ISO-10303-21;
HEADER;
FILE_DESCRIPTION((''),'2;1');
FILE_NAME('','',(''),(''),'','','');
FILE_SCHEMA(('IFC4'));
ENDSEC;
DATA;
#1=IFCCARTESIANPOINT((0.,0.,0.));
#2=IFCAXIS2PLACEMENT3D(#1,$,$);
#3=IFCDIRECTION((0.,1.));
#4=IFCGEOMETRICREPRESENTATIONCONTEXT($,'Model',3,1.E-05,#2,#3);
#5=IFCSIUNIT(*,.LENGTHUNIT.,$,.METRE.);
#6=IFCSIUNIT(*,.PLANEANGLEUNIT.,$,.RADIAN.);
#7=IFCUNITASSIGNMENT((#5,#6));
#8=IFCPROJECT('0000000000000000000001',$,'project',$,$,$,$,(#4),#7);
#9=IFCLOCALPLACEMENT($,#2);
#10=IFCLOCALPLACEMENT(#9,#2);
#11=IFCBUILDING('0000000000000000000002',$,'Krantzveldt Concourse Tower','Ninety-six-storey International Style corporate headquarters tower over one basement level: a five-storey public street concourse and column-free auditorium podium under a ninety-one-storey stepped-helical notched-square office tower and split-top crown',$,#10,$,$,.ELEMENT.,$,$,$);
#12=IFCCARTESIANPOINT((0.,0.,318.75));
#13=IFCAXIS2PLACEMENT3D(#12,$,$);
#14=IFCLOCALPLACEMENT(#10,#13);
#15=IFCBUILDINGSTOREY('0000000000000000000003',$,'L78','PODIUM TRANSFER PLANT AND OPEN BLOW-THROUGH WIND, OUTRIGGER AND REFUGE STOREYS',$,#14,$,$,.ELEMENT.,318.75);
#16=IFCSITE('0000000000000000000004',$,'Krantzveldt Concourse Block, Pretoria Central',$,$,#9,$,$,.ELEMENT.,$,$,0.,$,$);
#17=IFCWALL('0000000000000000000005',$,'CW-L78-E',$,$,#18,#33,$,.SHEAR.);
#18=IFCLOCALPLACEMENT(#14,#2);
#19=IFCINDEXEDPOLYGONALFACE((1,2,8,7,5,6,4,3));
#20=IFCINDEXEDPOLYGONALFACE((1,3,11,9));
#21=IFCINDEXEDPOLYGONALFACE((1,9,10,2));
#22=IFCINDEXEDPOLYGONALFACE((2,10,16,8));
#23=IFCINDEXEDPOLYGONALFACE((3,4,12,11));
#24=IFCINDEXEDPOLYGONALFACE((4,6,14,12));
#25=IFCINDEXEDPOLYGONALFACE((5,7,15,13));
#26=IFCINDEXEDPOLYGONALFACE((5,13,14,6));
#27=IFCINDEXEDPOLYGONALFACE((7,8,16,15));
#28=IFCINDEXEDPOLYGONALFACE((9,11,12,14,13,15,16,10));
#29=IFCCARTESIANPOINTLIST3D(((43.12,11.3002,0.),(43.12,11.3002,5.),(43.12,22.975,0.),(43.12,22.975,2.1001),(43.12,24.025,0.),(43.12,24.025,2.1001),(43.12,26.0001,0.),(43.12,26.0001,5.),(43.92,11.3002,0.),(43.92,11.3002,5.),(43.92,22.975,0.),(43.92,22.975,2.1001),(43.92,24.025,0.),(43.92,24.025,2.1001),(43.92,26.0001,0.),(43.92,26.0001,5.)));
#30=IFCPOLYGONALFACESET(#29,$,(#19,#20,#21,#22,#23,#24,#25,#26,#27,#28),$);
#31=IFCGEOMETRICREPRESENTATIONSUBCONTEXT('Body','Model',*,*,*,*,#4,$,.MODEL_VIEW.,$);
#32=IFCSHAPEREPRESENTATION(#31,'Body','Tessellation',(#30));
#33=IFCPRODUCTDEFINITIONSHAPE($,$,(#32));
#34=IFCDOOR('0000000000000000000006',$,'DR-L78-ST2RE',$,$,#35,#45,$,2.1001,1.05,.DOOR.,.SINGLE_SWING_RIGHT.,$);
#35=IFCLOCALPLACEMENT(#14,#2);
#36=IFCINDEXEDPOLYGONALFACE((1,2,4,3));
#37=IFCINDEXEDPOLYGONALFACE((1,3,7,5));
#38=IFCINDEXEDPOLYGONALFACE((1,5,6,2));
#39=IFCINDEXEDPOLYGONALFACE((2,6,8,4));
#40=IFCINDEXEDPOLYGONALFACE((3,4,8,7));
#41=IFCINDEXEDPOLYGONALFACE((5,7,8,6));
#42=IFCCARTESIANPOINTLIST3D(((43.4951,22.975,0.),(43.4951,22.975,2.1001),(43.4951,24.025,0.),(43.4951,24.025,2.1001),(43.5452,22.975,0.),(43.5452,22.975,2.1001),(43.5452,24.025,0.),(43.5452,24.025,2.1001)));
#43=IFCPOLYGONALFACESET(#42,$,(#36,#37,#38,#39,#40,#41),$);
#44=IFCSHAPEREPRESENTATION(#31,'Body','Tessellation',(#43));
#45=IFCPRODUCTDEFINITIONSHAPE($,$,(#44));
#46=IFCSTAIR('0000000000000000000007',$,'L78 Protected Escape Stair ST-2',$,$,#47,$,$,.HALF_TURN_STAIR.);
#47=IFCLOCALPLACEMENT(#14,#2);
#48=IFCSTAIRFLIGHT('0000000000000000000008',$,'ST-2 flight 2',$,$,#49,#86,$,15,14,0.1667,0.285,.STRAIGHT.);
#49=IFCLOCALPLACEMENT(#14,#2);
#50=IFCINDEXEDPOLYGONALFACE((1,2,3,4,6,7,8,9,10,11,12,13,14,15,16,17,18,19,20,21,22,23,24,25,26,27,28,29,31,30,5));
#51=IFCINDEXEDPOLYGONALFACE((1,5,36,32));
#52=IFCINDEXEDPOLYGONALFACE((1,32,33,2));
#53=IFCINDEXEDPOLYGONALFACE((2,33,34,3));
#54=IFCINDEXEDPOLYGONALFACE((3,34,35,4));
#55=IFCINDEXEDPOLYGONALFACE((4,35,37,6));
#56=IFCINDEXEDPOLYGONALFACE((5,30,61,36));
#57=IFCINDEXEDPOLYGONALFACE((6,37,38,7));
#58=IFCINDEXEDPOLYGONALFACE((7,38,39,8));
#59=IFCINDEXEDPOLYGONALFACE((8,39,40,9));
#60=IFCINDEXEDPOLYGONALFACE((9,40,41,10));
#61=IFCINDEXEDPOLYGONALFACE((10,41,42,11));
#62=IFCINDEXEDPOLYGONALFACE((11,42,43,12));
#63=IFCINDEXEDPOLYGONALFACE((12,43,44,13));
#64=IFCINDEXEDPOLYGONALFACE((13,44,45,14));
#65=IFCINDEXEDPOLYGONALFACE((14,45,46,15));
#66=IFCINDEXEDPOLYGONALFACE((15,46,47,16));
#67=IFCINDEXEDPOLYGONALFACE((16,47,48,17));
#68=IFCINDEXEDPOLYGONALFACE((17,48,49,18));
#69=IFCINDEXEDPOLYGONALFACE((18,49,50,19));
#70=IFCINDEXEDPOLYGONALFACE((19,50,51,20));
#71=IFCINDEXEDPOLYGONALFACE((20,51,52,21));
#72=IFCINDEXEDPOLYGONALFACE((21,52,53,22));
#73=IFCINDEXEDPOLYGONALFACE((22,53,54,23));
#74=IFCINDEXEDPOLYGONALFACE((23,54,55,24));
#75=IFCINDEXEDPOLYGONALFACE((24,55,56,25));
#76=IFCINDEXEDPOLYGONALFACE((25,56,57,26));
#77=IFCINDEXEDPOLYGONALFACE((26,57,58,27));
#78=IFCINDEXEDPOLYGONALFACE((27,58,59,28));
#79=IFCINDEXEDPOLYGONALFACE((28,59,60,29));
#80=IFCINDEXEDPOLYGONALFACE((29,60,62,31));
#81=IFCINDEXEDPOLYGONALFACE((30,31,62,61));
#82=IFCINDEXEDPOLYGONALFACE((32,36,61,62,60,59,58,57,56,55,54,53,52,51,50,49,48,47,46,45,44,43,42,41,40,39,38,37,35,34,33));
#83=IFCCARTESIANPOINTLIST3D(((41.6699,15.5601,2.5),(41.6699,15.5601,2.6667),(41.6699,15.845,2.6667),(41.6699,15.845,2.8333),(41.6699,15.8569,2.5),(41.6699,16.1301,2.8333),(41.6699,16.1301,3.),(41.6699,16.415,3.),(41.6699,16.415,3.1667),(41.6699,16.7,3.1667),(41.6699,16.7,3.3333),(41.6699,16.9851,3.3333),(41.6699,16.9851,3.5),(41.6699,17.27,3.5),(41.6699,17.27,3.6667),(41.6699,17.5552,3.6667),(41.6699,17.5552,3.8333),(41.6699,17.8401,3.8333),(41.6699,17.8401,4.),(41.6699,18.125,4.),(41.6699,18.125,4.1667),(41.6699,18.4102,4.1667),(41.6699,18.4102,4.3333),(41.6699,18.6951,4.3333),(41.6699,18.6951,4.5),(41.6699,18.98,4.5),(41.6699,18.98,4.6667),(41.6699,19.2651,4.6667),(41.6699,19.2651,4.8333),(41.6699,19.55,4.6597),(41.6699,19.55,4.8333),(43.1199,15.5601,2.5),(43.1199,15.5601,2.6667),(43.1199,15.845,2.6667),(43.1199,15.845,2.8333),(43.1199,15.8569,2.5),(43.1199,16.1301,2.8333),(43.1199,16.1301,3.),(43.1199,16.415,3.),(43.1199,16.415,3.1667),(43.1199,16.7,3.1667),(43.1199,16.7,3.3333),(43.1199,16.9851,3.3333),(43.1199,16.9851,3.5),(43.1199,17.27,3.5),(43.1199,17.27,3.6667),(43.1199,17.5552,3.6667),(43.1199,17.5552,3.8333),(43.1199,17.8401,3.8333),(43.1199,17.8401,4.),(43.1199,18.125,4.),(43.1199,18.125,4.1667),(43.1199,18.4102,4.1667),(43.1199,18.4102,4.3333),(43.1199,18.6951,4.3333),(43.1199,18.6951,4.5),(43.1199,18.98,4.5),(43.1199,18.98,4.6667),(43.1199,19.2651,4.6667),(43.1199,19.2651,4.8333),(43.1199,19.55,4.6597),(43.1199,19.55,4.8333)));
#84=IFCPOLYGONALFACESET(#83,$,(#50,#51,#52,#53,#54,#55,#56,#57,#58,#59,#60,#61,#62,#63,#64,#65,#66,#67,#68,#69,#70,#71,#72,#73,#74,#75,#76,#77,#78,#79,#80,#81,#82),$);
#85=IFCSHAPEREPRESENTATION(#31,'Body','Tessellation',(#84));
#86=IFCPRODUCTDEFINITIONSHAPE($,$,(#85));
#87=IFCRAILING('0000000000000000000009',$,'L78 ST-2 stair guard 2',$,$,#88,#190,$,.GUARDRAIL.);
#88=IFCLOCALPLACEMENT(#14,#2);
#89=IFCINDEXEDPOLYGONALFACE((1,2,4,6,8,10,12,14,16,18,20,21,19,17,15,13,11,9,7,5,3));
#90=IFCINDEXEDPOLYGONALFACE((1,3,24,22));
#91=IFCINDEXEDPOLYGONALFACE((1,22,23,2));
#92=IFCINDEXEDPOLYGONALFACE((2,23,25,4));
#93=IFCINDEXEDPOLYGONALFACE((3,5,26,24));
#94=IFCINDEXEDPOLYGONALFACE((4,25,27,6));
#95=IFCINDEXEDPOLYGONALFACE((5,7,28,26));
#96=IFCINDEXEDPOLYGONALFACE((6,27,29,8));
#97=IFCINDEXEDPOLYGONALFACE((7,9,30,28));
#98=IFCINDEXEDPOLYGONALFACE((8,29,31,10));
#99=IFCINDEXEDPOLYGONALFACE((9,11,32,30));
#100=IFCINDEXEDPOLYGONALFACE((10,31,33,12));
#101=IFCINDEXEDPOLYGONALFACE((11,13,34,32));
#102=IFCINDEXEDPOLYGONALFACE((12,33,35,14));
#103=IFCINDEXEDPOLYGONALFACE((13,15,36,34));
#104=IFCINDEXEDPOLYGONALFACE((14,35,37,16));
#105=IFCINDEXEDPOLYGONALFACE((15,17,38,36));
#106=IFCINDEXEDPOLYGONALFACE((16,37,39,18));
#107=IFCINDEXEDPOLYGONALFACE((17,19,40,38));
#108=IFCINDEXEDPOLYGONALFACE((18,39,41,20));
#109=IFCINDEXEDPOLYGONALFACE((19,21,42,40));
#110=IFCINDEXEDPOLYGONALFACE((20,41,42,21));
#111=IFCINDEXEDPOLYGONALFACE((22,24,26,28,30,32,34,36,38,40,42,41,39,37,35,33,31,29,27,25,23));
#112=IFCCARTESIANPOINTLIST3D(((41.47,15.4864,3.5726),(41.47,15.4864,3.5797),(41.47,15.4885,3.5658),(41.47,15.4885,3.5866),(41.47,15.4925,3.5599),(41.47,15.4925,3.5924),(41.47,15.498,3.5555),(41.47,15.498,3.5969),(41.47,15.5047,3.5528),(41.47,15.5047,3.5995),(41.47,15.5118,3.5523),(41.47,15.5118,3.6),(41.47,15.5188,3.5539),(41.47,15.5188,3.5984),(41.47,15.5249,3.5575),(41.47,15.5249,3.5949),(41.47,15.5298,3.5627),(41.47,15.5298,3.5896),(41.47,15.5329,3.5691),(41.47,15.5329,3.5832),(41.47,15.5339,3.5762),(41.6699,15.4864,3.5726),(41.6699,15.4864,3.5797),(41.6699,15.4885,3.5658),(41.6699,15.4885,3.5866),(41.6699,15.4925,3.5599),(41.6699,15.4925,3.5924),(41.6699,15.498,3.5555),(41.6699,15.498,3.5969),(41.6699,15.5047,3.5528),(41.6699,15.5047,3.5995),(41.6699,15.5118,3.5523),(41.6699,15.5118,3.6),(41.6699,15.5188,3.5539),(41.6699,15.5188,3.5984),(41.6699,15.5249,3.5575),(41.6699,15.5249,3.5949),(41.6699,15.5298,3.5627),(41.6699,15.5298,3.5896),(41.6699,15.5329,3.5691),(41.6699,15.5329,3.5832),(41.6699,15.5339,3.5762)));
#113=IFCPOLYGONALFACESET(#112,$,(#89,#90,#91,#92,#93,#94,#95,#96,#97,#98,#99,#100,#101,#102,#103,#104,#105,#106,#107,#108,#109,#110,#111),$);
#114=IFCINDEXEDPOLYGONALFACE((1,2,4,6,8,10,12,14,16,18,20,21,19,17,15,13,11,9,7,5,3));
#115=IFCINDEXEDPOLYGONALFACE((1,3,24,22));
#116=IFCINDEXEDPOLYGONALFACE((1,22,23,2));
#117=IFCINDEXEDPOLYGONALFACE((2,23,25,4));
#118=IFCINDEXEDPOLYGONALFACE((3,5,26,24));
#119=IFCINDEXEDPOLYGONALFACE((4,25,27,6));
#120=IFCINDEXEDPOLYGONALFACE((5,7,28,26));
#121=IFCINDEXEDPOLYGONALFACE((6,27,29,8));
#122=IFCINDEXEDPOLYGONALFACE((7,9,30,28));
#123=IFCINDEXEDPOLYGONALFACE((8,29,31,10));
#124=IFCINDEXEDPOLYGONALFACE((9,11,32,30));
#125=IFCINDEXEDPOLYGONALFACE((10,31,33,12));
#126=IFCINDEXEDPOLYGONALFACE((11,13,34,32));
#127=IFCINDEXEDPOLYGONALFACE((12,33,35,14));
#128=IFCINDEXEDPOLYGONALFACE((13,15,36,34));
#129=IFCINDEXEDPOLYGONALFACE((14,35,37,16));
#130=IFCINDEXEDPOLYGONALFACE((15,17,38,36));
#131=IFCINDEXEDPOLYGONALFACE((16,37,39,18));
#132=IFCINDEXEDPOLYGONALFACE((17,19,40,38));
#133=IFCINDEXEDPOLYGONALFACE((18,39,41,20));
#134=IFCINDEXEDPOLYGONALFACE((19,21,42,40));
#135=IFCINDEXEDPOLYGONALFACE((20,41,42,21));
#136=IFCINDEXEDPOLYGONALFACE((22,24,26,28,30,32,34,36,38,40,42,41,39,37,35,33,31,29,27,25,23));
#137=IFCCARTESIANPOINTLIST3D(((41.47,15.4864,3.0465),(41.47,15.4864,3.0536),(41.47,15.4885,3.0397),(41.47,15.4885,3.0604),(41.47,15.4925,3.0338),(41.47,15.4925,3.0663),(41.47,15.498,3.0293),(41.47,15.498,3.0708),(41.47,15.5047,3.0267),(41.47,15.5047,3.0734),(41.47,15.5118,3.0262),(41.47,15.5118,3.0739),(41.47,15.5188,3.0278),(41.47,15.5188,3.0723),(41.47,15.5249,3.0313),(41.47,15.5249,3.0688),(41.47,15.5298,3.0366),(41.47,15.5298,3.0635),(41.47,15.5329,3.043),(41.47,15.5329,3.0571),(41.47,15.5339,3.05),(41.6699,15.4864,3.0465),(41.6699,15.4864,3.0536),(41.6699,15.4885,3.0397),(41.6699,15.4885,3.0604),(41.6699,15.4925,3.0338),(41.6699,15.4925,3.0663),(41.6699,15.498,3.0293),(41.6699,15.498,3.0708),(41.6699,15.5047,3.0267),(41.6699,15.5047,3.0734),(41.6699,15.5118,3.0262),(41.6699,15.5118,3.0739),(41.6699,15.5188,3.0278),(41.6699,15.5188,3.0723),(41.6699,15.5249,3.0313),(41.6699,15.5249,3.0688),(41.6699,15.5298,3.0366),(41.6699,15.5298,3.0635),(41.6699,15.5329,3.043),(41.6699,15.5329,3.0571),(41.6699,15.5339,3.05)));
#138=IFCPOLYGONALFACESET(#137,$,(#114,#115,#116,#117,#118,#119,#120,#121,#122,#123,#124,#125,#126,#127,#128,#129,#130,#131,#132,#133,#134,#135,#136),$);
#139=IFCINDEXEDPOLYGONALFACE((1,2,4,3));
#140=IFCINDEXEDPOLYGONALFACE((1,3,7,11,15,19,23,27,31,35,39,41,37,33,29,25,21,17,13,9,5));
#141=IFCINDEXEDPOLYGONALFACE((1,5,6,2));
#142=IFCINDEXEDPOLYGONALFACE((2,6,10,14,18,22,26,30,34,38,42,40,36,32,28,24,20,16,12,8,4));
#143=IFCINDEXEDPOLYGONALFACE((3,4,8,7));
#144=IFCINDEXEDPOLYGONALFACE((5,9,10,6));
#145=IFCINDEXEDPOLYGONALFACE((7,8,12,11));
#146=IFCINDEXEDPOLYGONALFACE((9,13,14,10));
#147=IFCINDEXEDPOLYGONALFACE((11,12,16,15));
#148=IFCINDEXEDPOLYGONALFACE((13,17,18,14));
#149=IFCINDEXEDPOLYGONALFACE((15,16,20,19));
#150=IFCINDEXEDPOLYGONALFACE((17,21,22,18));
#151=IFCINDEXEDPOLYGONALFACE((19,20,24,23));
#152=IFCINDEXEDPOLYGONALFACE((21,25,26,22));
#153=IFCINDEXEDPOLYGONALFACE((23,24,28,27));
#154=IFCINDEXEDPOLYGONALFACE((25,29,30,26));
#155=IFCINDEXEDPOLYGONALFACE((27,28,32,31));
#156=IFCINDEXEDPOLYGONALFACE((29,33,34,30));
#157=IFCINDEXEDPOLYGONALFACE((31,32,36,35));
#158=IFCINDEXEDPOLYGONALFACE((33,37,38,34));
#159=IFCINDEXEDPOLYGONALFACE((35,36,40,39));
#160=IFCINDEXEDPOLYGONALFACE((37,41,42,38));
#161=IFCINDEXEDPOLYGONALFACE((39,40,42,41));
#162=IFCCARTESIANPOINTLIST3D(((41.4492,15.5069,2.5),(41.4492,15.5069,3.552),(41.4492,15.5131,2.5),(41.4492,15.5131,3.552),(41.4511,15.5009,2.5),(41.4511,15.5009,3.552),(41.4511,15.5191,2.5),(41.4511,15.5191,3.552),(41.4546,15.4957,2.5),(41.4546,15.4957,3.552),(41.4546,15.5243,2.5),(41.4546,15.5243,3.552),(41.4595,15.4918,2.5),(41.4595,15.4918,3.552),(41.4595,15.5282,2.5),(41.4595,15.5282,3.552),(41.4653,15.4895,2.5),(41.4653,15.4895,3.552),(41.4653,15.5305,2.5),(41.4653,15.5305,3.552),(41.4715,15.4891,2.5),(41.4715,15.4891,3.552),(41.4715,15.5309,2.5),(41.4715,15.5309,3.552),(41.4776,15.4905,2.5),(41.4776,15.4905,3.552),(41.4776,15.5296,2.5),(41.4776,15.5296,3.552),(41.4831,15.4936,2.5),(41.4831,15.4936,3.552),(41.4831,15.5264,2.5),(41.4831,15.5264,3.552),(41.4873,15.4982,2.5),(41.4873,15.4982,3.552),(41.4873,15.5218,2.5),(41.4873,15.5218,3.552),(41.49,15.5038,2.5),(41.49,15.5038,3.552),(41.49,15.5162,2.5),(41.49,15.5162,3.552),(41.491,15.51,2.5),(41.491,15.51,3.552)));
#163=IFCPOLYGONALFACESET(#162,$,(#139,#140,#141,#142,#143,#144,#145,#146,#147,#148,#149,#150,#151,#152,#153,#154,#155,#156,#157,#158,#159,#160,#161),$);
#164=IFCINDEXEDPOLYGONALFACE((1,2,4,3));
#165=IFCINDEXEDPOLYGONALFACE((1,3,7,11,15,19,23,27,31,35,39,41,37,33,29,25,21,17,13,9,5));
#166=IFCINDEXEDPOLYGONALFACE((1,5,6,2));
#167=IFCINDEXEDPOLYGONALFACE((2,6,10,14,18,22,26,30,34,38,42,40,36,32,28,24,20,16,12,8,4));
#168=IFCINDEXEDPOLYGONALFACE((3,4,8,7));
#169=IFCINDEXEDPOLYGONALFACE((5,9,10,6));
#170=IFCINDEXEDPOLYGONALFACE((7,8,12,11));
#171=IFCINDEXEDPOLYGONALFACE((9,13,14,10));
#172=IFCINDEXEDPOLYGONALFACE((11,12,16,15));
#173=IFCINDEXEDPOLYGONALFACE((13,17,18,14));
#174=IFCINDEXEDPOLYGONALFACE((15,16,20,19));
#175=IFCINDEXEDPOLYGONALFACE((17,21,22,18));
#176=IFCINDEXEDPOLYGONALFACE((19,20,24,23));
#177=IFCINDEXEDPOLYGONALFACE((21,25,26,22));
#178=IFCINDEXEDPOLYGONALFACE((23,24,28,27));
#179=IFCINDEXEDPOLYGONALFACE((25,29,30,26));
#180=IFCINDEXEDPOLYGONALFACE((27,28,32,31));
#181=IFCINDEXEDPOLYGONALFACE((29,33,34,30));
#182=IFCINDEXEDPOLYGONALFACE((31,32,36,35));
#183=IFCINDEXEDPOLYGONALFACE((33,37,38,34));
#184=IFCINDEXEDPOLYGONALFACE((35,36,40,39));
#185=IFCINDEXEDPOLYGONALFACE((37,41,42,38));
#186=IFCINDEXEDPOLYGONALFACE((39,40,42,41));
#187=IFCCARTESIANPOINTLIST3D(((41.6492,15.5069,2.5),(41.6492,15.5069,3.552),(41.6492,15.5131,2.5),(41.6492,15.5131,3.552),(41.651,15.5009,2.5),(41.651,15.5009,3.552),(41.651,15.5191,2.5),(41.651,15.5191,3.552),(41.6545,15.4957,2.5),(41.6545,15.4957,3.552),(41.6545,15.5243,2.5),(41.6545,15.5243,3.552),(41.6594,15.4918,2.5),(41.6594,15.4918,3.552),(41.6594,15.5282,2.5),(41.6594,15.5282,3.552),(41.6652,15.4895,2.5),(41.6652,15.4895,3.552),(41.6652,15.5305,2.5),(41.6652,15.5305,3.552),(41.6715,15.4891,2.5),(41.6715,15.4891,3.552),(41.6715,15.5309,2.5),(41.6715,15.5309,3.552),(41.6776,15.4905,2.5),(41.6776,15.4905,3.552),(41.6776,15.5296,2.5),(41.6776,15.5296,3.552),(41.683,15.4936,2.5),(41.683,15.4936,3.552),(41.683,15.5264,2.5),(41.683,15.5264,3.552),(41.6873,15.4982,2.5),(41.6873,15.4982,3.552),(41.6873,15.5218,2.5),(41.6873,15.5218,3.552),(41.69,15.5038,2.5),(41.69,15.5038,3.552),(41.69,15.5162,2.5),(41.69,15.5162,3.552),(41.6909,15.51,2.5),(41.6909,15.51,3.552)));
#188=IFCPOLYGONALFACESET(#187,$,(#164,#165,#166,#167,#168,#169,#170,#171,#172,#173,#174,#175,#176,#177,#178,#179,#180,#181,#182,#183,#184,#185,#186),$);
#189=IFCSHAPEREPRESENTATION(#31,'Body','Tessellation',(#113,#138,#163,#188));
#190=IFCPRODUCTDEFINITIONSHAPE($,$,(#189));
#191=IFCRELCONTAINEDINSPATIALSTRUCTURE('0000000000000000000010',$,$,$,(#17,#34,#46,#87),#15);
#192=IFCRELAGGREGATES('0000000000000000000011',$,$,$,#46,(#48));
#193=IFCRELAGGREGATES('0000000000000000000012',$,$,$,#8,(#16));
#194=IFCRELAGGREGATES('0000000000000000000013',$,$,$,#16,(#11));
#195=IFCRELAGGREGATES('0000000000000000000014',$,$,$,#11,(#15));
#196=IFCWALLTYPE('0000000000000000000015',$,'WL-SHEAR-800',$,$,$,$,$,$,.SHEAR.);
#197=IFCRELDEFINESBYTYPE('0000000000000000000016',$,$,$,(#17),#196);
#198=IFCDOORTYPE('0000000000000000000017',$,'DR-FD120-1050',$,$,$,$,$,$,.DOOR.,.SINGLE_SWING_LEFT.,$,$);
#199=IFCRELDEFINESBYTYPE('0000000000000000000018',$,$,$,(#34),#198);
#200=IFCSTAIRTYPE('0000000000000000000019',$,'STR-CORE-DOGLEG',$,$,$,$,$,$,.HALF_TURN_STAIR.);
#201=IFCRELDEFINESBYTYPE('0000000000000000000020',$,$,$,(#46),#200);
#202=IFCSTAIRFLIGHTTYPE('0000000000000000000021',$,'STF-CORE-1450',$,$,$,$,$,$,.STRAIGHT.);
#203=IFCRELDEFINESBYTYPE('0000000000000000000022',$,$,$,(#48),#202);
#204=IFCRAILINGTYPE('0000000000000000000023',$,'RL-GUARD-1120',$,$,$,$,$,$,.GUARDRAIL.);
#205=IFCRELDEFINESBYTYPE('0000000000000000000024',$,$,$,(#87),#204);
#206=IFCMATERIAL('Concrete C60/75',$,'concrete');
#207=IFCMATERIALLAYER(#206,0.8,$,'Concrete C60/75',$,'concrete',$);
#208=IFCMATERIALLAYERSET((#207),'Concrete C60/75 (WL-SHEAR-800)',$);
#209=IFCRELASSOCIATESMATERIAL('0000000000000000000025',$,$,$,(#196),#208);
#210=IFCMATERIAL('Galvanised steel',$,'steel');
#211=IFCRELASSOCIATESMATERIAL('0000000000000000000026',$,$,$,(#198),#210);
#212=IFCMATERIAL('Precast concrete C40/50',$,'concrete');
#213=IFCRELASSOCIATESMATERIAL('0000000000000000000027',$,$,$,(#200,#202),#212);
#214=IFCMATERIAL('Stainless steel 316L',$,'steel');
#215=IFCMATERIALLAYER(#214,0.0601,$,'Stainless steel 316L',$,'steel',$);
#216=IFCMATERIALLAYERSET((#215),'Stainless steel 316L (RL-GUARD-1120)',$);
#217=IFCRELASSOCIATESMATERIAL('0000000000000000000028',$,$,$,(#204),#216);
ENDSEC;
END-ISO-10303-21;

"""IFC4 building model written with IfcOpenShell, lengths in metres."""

from ifc_helpers import new_model, si_unit, direction, frame, frame_2d, origin, origin_2d, place, context, subcontext, project, spatial, polyline, rectangle, circle, outline, extrude, material, layer, layer_set, type_object, element, fill, aggregate, save


model = new_model("IFC4")

# Units and contexts
model_context = context("Model", 3, precision=1e-05, world=origin(), true_north=direction((0.0, 1.0)))
body_context = subcontext(model_context, "Body", "Model", "MODEL_VIEW")
ifc_project = project(units=[si_unit("LENGTHUNIT", "METRE"), si_unit("PLANEANGLEUNIT", "RADIAN")], contexts=[model_context])

# Site, building, storey
site_placement = place(None, origin())
site = spatial("IfcSite", under=ifc_project, at=site_placement, Name="Krantzveldt Concourse Block, Pretoria Central", CompositionType="ELEMENT", RefElevation=0.0)
building_placement = place(site_placement, origin())
building = spatial("IfcBuilding", under=site, at=building_placement, Name="Krantzveldt Concourse Tower", Description="Ninety-six-storey International Style corporate headquarters tower over one basement level: a five-storey public street concourse and column-free auditorium podium under a ninety-one-storey stepped-helical notched-square office tower and split-top crown", CompositionType="ELEMENT")
storey_placement = place(building_placement, frame((0.0, 0.0, 318.75)))
storey = spatial("IfcBuildingStorey", under=building, at=storey_placement, Name="L78", Description="PODIUM TRANSFER PLANT AND OPEN BLOW-THROUGH WIND, OUTRIGGER AND REFUGE STOREYS", CompositionType="ELEMENT", Elevation=318.75)

# Wall, opening, door
ifc_material_1 = material(Name="Stainless steel 316L", Category="steel")
ifc_material_2 = material(Name="Concrete C60/75", Category="concrete")
ifc_layer_1 = layer(ifc_material_2, 0.8, Name="Concrete C60/75", Category="concrete")
ifc_layer_set_1 = layer_set([ifc_layer_1], Name="Concrete C60/75 (WL-SHEAR-800)")
wall_type_1 = type_object("IfcWallType", Name="WL-SHEAR-800", PredefinedType="SHEAR", material=ifc_layer_set_1)
wall_1_placement = place(storey_placement, frame((43.52, 11.3, 0.0), z_axis=(0.0, 0.0, 1.0), x_axis=(0.0, 1.0, 0.0)))
wall_1 = element("IfcWall", 1, at=wall_1_placement, inside=storey, type_object=wall_type_1, Name="CW-L78-E", PredefinedType="SHEAR", context=body_context, shape_type="SweptSolid", body=[
    extrude(rectangle(XDim=14.7, YDim=0.8, at=frame_2d((7.3501, 0.0))), origin(), (0.0, 0.0, 1.0), 5.0),
])
opening_1_placement = place(wall_1_placement, frame((11.675, 0.0, 0.0)))
opening_1 = element("IfcOpeningElement", 2, at=opening_1_placement, cuts=wall_1, PredefinedType="OPENING", context=body_context, shape_type="SweptSolid", body=[
    extrude(rectangle(XDim=1.05, YDim=2.1001, at=frame_2d((0.5249, 1.05))), frame((0.0, 0.4102, 0.0), z_axis=(0.0, -1.0, 0.0), x_axis=(1.0, 0.0, 0.0)), (0.0, 0.0, 1.0), 0.8201),
])
ifc_material_3 = material(Name="Galvanised steel", Category="steel")
door_type_1 = type_object("IfcDoorType", Name="DR-FD120-1050", OperationType="SINGLE_SWING_LEFT", PredefinedType="DOOR", material=ifc_material_3)
door_1_placement = place(opening_1_placement, origin())
door_1 = element("IfcDoor", 3, at=door_1_placement, inside=storey, type_object=door_type_1, Name="DR-L78-ST2RE", OperationType="SINGLE_SWING_RIGHT", OverallHeight=2.1001, OverallWidth=1.05, PredefinedType="DOOR", context=body_context, shape_type="SweptSolid", body=[
    extrude(rectangle(XDim=1.05, YDim=2.1001, at=frame_2d((0.5249, 1.05))), frame((0.0, 0.0249, 0.0), z_axis=(0.0, -1.0, 0.0), x_axis=(1.0, 0.0, 0.0)), (0.0, 0.0, 1.0), 0.05),
])
fill(opening_1, door_1)

# Stair, stair flight
ifc_material_4 = material(Name="Precast concrete C40/50", Category="concrete")
stair_type = type_object("IfcStairType", Name="STR-CORE-DOGLEG", PredefinedType="HALF_TURN_STAIR", material=ifc_material_4)
stair_placement = place(storey_placement, origin())
stair = element("IfcStair", 4, at=stair_placement, inside=storey, type_object=stair_type, Name="L78 Protected Escape Stair ST-2", PredefinedType="HALF_TURN_STAIR")
stair_flight_type = type_object("IfcStairFlightType", Name="STF-CORE-1450", PredefinedType="STRAIGHT", material=ifc_material_4)
stair_flight_placement = place(storey_placement, frame((42.395, 15.5601, 2.5), z_axis=(0.0, 0.0, 1.0), x_axis=(0.0, 1.0, 0.0)))
stair_flight = element("IfcStairFlight", 5, at=stair_flight_placement, type_object=stair_flight_type, Name="ST-2 flight 2", NumberOfRisers=15, NumberOfTreads=14, PredefinedType="STRAIGHT", RiserHeight=0.1667, TreadLength=0.285, context=body_context, shape_type="SweptSolid", body=[
    extrude(outline(polyline([(0.0, 0.0), (0.0, 0.1667), (0.2849, 0.1667), (0.2849, 0.3333), (0.5701, 0.3333), (0.5701, 0.5), (0.855, 0.5), (0.855, 0.6667), (1.1399, 0.6667), (1.1399, 0.8333), (1.425, 0.8333), (1.425, 1.0), (1.71, 1.0), (1.71, 1.1667), (1.9951, 1.1667), (1.9951, 1.3333), (2.28, 1.3333), (2.28, 1.5), (2.5649, 1.5), (2.5649, 1.6667), (2.8501, 1.6667), (2.8501, 1.8333), (3.135, 1.8333), (3.135, 2.0), (3.4199, 2.0), (3.4199, 2.1667), (3.7051, 2.1667), (3.7051, 2.3333), (3.99, 2.3333), (3.99, 2.5), (3.99, 2.1597), (0.2969, 0.0), (0.0, 0.0)])), frame((0.0, 0.7251, 0.0), z_axis=(0.0, -1.0, 0.0), x_axis=(1.0, 0.0, 0.0)), (0.0, 0.0, 1.0), 1.45),
])
aggregate(stair, [stair_flight])

# Railing
ifc_layer_2 = layer(ifc_material_1, 0.0601, Name="Stainless steel 316L", Category="steel")
ifc_layer_set_2 = layer_set([ifc_layer_2], Name="Stainless steel 316L (RL-GUARD-1120)")
railing_type_1 = type_object("IfcRailingType", Name="RL-GUARD-1120", PredefinedType="GUARDRAIL", material=ifc_layer_set_2)
railing_1_placement = place(storey_placement, frame((41.47, 15.51, 2.5)))
element("IfcRailing", 6, at=railing_1_placement, inside=storey, type_object=railing_type_1, Name="L78 ST-2 stair guard 2", PredefinedType="GUARDRAIL", context=body_context, shape_type="SweptSolid", body=[
    extrude(circle(Radius=0.0239, at=origin_2d()), frame((0.0, 0.0, 1.0762), z_axis=(1.0, 0.0, 0.0), x_axis=(0.0, 1.0, 0.0)), (0.0, 0.0, 1.0), 0.2),
    extrude(circle(Radius=0.0239, at=origin_2d()), frame((0.0, 0.0, 0.55), z_axis=(1.0, 0.0, 0.0), x_axis=(0.0, 1.0, 0.0)), (0.0, 0.0, 1.0), 0.2),
    extrude(circle(Radius=0.021, at=origin_2d()), origin(), (0.0, 0.0, 1.0), 1.052),
    extrude(circle(Radius=0.021, at=origin_2d()), frame((0.2, 0.0, 0.0)), (0.0, 0.0, 1.0), 1.052),
])

save(model, "model.ifc")
